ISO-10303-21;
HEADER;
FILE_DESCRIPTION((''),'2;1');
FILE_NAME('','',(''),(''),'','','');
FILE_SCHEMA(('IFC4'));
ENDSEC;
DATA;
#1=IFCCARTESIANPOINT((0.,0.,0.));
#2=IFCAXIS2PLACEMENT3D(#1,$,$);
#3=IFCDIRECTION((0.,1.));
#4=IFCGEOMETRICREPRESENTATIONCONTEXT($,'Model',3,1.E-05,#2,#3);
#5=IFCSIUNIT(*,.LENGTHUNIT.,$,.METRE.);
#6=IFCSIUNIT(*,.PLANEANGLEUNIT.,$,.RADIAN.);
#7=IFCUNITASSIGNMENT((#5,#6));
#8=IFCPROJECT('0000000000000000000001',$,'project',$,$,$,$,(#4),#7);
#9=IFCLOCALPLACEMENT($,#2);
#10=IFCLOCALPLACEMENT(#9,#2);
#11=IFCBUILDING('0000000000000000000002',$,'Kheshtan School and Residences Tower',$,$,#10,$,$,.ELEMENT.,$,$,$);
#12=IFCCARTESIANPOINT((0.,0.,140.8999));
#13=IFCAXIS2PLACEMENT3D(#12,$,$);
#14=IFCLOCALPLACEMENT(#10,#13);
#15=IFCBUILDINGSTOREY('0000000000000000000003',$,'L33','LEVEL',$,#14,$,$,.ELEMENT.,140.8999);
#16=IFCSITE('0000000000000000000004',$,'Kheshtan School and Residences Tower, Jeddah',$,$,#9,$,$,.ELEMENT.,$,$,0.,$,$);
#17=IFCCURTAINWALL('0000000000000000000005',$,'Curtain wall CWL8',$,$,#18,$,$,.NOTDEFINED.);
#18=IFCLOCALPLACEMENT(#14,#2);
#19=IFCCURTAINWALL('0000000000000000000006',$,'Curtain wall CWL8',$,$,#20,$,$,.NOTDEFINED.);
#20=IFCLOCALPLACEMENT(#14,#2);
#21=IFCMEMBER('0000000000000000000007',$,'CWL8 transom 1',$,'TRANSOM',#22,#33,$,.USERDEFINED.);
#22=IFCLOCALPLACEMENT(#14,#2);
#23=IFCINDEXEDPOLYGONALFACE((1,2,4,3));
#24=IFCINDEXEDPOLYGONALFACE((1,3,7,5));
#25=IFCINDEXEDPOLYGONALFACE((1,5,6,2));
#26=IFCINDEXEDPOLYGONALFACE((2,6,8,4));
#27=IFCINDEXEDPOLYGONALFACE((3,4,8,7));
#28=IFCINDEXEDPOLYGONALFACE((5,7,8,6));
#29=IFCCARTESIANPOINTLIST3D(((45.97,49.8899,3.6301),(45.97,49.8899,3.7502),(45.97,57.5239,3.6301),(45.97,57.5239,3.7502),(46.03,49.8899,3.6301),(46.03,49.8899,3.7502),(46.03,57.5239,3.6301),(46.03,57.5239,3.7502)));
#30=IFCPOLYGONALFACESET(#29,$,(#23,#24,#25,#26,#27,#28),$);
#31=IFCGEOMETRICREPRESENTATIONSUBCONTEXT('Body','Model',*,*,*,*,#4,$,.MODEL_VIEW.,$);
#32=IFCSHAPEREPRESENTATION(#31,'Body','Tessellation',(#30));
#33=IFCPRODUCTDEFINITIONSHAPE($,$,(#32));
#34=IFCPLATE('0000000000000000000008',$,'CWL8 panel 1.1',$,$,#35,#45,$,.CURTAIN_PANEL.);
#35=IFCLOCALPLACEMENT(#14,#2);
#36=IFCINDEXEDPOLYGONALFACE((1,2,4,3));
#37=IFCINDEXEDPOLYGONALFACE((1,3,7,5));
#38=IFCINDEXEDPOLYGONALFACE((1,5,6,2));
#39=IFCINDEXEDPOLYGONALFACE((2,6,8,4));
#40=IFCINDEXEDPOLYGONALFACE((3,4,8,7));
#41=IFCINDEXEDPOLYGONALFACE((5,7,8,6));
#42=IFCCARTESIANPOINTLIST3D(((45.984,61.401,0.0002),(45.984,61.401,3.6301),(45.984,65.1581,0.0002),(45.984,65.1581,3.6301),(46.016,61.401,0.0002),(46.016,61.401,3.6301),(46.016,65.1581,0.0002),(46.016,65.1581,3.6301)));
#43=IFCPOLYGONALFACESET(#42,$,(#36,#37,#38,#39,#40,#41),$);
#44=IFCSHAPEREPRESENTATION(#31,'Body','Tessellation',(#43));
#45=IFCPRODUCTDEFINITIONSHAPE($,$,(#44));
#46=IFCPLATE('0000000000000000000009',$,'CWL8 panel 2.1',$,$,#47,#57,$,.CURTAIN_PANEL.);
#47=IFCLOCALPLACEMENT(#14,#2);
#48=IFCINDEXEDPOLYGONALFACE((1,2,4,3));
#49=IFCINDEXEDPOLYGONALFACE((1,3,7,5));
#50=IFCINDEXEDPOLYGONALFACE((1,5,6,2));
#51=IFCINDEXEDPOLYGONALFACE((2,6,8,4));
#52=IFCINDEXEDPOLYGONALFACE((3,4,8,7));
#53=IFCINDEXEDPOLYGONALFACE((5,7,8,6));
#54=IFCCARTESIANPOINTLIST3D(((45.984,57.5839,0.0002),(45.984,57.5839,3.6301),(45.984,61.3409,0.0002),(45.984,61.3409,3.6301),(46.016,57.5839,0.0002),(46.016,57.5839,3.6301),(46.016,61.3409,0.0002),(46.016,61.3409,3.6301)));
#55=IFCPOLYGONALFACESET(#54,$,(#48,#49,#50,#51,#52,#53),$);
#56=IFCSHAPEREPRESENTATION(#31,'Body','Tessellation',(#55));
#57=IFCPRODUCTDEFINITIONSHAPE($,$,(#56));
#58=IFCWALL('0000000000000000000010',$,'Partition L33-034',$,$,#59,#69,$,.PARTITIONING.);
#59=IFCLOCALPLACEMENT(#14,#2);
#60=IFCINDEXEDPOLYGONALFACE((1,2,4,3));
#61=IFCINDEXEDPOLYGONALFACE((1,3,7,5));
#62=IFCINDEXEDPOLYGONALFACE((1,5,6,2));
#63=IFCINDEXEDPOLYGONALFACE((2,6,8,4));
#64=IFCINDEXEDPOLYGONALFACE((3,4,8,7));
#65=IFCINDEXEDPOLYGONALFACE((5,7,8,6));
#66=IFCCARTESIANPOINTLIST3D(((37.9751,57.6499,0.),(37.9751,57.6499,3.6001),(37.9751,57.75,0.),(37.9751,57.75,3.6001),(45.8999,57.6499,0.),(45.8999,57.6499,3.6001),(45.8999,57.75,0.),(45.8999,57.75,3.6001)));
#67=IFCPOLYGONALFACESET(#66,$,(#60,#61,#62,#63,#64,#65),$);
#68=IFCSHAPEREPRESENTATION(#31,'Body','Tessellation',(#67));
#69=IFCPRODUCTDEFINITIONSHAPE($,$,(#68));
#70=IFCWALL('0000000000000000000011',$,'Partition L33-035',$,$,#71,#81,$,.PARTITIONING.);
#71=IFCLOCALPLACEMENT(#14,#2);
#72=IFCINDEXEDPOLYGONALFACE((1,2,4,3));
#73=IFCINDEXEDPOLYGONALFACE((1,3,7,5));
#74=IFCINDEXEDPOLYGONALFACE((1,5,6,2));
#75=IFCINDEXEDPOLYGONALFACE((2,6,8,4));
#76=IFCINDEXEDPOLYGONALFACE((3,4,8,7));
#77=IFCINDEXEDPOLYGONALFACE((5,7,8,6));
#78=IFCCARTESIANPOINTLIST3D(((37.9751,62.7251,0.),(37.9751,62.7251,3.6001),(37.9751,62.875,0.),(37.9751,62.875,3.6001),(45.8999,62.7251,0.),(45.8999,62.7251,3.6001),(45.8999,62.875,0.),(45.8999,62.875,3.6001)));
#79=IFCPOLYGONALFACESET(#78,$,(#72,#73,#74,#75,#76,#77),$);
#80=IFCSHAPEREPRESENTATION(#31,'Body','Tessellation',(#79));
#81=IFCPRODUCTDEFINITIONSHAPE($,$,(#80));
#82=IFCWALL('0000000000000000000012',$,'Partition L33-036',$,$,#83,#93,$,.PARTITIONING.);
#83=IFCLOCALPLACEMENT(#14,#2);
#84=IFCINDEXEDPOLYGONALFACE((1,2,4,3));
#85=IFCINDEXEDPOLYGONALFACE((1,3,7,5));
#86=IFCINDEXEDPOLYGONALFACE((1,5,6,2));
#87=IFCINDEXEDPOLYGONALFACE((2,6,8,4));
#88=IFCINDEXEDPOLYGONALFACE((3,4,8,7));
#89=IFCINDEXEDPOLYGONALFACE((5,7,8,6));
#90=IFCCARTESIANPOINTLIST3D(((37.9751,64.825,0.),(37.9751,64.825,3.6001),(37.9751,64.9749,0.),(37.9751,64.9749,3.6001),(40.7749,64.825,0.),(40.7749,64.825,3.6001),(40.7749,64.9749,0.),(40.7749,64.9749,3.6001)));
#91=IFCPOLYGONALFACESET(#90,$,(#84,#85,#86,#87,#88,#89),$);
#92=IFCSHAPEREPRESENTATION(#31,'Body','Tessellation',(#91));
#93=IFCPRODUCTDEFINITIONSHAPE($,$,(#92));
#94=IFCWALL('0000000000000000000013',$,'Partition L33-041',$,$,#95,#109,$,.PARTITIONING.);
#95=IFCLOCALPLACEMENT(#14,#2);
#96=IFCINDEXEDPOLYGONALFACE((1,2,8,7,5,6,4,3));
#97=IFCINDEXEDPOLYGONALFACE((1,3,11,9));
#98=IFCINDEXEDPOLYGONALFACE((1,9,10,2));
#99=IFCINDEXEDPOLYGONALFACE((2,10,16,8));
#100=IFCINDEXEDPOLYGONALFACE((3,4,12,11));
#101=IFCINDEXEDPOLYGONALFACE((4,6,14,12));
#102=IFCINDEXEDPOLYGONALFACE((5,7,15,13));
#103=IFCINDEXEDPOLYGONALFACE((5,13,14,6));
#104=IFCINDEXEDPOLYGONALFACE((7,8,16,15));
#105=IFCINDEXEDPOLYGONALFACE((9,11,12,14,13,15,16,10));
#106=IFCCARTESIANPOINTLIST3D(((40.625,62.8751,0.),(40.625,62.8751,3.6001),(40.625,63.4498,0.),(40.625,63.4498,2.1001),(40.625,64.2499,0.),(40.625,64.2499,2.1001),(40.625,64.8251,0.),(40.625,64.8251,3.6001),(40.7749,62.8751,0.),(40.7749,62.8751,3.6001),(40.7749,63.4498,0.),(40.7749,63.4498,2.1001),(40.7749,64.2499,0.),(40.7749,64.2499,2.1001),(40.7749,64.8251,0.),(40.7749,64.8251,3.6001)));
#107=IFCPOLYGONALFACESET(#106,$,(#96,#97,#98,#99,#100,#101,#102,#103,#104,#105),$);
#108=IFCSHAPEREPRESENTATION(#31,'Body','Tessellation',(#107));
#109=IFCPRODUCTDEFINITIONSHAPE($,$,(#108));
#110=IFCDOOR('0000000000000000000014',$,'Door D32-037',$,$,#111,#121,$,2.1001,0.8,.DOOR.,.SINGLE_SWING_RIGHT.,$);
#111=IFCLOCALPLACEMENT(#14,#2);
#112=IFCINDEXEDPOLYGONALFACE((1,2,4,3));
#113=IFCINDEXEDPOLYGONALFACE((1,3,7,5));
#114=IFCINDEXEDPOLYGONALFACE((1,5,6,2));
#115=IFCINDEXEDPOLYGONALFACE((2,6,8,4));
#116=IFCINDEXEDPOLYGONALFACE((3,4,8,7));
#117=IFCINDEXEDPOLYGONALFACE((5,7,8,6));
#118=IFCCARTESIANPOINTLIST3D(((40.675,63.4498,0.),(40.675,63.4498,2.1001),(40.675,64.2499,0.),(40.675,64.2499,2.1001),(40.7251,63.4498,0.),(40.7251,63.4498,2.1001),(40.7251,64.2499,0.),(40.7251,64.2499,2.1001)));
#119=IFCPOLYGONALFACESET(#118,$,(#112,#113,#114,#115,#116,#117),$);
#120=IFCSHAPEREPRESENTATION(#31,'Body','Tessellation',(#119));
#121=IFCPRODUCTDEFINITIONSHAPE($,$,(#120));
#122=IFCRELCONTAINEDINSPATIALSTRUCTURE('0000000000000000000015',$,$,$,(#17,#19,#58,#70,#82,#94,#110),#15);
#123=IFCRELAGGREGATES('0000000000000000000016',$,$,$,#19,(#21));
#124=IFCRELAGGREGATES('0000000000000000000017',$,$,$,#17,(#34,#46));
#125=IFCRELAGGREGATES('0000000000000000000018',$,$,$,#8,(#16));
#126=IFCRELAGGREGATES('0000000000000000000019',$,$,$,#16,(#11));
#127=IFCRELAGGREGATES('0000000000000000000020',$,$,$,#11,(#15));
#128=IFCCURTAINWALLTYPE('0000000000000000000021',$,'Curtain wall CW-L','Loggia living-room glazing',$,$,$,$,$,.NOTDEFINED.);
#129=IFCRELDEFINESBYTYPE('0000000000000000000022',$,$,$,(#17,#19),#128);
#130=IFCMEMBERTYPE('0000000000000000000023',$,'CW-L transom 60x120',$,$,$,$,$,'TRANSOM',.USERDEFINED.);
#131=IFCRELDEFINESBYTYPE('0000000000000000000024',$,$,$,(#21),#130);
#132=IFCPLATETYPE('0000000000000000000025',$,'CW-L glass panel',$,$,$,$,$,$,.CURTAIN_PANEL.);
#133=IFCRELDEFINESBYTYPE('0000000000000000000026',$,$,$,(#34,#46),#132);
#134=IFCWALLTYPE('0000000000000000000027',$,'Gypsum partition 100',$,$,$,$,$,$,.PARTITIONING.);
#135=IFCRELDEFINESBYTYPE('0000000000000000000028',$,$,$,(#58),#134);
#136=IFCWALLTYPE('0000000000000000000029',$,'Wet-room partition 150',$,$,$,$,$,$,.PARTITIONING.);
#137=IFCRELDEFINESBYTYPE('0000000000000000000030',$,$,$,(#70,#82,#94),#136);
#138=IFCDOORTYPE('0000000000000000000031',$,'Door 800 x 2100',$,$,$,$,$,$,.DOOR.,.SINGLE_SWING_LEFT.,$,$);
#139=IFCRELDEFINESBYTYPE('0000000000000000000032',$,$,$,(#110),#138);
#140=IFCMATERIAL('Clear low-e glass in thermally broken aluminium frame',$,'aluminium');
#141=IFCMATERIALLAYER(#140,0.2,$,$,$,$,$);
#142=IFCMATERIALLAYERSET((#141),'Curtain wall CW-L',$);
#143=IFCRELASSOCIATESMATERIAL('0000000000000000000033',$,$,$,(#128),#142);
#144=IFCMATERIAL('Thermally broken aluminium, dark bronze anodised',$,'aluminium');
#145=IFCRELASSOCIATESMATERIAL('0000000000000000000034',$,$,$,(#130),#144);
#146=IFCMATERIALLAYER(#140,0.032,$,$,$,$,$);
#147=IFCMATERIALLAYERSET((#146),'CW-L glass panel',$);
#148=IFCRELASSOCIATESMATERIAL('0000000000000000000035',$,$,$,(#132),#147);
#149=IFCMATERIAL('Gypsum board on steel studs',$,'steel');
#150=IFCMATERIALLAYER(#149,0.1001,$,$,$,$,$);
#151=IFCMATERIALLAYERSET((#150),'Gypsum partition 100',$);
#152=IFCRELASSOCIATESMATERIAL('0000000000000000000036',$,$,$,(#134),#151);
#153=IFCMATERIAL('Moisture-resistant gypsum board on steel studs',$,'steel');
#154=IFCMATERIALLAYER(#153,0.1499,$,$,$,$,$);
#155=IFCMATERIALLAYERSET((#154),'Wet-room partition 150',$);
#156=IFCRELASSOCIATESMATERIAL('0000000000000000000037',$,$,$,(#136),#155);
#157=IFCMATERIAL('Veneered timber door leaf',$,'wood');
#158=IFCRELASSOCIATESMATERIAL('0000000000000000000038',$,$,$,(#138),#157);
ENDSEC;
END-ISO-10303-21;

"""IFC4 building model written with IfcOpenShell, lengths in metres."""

from ifc_helpers import new_model, si_unit, direction, frame, frame_2d, origin, origin_2d, place, context, subcontext, project, spatial, rectangle, extrude, source, transform, mapped, material, layer, layer_set, material_profile, profile_set, type_object, element, fill, aggregate, save


model = new_model("IFC4")

# Units and contexts
model_context = context("Model", 3, precision=1e-05, world=origin(), true_north=direction((0.0, 1.0)))
body_context = subcontext(model_context, "Body", "Model", "MODEL_VIEW")
ifc_project = project(units=[si_unit("LENGTHUNIT", "METRE"), si_unit("PLANEANGLEUNIT", "RADIAN")], contexts=[model_context])

# Site, building, storey
site_placement = place(None, origin())
site = spatial("IfcSite", under=ifc_project, at=site_placement, Name="Kheshtan School and Residences Tower, Jeddah", CompositionType="ELEMENT", RefElevation=0.0)
building_placement = place(site_placement, origin())
building = spatial("IfcBuilding", under=site, at=building_placement, Name="Kheshtan School and Residences Tower", CompositionType="ELEMENT")
storey_placement = place(building_placement, frame((0.0, 0.0, 140.8999)))
storey = spatial("IfcBuildingStorey", under=building, at=storey_placement, Name="L33", Description="LEVEL", CompositionType="ELEMENT", Elevation=140.8999)

# Curtain wall
ifc_material_1 = material(Name="Clear low-e glass in thermally broken aluminium frame", Category="aluminium")
ifc_layer_1 = layer(ifc_material_1, 0.2)
ifc_layer_set_1 = layer_set([ifc_layer_1], Name="Curtain wall CW-L")
curtain_wall_type = type_object("IfcCurtainWallType", Name="Curtain wall CW-L", Description="Loggia living-room glazing", PredefinedType="NOTDEFINED", material=ifc_layer_set_1)
curtain_wall_1_placement = place(storey_placement, origin())
curtain_wall_1 = element("IfcCurtainWall", 1, at=curtain_wall_1_placement, inside=storey, type_object=curtain_wall_type, Name="Curtain wall CWL8", PredefinedType="NOTDEFINED")
ifc_material_2 = material(Name="Thermally broken aluminium, dark bronze anodised", Category="aluminium")
ifc_material_profile_1 = material_profile(ifc_material_2, rectangle(XDim=0.0601, YDim=0.1201, at=origin_2d()), Name="CW-L transom 60x120")
ifc_profile_set_1 = profile_set([ifc_material_profile_1], Name="Thermally broken aluminium, dark bronze anodised")
member_type_1 = type_object("IfcMemberType", Name="CW-L transom 60x120", ElementType="TRANSOM", PredefinedType="USERDEFINED", material=ifc_profile_set_1)

# Curtain wall, member
curtain_wall_2_placement = place(storey_placement, origin())
curtain_wall_2 = element("IfcCurtainWall", 2, at=curtain_wall_2_placement, inside=storey, type_object=curtain_wall_type, Name="Curtain wall CWL8", PredefinedType="NOTDEFINED")
member_1_placement = place(storey_placement, frame((46.0, 57.5239, 3.6902), z_axis=(0.0, -1.0, 0.0), x_axis=(1.0, 0.0, 0.0)))
member_1 = element("IfcMember", 3, at=member_1_placement, type_object=member_type_1, Name="CWL8 transom 1", ObjectType="TRANSOM", PredefinedType="USERDEFINED", context=body_context, shape_type="SweptSolid", body=[
    extrude(rectangle(XDim=0.0601, YDim=0.1201, at=origin_2d()), origin(), (0.0, 0.0, 1.0), 7.634),
])
aggregate(curtain_wall_2, [member_1])

# Plates
ifc_layer_2 = layer(ifc_material_1, 0.032)
ifc_layer_set_2 = layer_set([ifc_layer_2], Name="CW-L glass panel")
plate_type = type_object("IfcPlateType", Name="CW-L glass panel", PredefinedType="CURTAIN_PANEL", material=ifc_layer_set_2)
plate_1_placement = place(storey_placement, frame((46.0, 63.2795, 0.0002), z_axis=(0.0, 0.0, 1.0), x_axis=(0.0, -1.0, 0.0)))
plate_1 = element("IfcPlate", 4, at=plate_1_placement, type_object=plate_type, Name="CWL8 panel 1.1", PredefinedType="CURTAIN_PANEL", context=body_context, shape_type="SweptSolid", body=[
    extrude(rectangle(XDim=3.7571, YDim=0.032, at=origin_2d()), origin(), (0.0, 0.0, 1.0), 3.6299),
])
plate_2_placement = place(storey_placement, frame((46.0, 59.4624, 0.0002), z_axis=(0.0, 0.0, 1.0), x_axis=(0.0, -1.0, 0.0)))
plate_2 = element("IfcPlate", 5, at=plate_2_placement, type_object=plate_type, Name="CWL8 panel 2.1", PredefinedType="CURTAIN_PANEL", context=body_context, shape_type="SweptSolid", body=[
    extrude(rectangle(XDim=3.7571, YDim=0.032, at=origin_2d()), origin(), (0.0, 0.0, 1.0), 3.6299),
])
aggregate(curtain_wall_1, [plate_1, plate_2])

# Walls
ifc_material_3 = material(Name="Gypsum board on steel studs", Category="steel")
ifc_layer_3 = layer(ifc_material_3, 0.1001)
ifc_layer_set_3 = layer_set([ifc_layer_3], Name="Gypsum partition 100")
wall_type_1 = type_object("IfcWallType", Name="Gypsum partition 100", PredefinedType="PARTITIONING", material=ifc_layer_set_3)
wall_1_placement = place(storey_placement, frame((37.9751, 57.7, 0.0), z_axis=(0.0, 0.0, 1.0), x_axis=(1.0, 0.0, 0.0)))
element("IfcWall", 6, at=wall_1_placement, inside=storey, type_object=wall_type_1, Name="Partition L33-034", PredefinedType="PARTITIONING", context=body_context, shape_type="SweptSolid", body=[
    extrude(rectangle(XDim=7.9248, YDim=0.1001, at=frame_2d((3.9624, 0.0))), origin(), (0.0, 0.0, 1.0), 3.6001),
])
ifc_material_4 = material(Name="Moisture-resistant gypsum board on steel studs", Category="steel")
ifc_layer_4 = layer(ifc_material_4, 0.1499)
ifc_layer_set_4 = layer_set([ifc_layer_4], Name="Wet-room partition 150")
wall_type_2 = type_object("IfcWallType", Name="Wet-room partition 150", PredefinedType="PARTITIONING", material=ifc_layer_set_4)
wall_2_placement = place(storey_placement, frame((37.9751, 62.8, 0.0), z_axis=(0.0, 0.0, 1.0), x_axis=(1.0, 0.0, 0.0)))
element("IfcWall", 7, at=wall_2_placement, inside=storey, type_object=wall_type_2, Name="Partition L33-035", PredefinedType="PARTITIONING", context=body_context, shape_type="SweptSolid", body=[
    extrude(rectangle(XDim=7.9248, YDim=0.1499, at=frame_2d((3.9624, 0.0))), origin(), (0.0, 0.0, 1.0), 3.6001),
])
wall_3_placement = place(storey_placement, frame((37.9751, 64.8999, 0.0), z_axis=(0.0, 0.0, 1.0), x_axis=(1.0, 0.0, 0.0)))
element("IfcWall", 8, at=wall_3_placement, inside=storey, type_object=wall_type_2, Name="Partition L33-036", PredefinedType="PARTITIONING", context=body_context, shape_type="SweptSolid", body=[
    extrude(rectangle(XDim=2.7998, YDim=0.1499, at=frame_2d((1.3999, 0.0))), origin(), (0.0, 0.0, 1.0), 3.6001),
])

# Wall, opening, door
wall_4_placement = place(storey_placement, frame((40.7, 62.875, 0.0), z_axis=(0.0, 0.0, 1.0), x_axis=(0.0, 1.0, 0.0)))
wall_4 = element("IfcWall", 9, at=wall_4_placement, inside=storey, type_object=wall_type_2, Name="Partition L33-041", PredefinedType="PARTITIONING", context=body_context, shape_type="SweptSolid", body=[
    extrude(rectangle(XDim=1.95, YDim=0.1499, at=frame_2d((0.9751, 0.0))), origin(), (0.0, 0.0, 1.0), 3.6001),
])
opening_placement = place(wall_4_placement, frame((0.575, 0.0, 0.0)))
opening = element("IfcOpeningElement", 10, at=opening_placement, cuts=wall_4, PredefinedType="OPENING", context=body_context, shape_type="SweptSolid", body=[
    extrude(rectangle(XDim=0.8, YDim=2.1001, at=frame_2d((0.3999, 1.05))), frame((0.0, 0.085, 0.0), z_axis=(0.0, -1.0, 0.0), x_axis=(1.0, 0.0, 0.0)), (0.0, 0.0, 1.0), 0.1699),
])
ifc_material_5 = material(Name="Veneered timber door leaf", Category="wood")
door_type = type_object("IfcDoorType", Name="Door 800 x 2100", OperationType="SINGLE_SWING_LEFT", PredefinedType="DOOR", material=ifc_material_5)
shared_shape = source(origin(), body_context, "Body", "SweptSolid", [
    extrude(rectangle(XDim=0.8, YDim=2.1001, at=frame_2d((0.3999, 1.05))), frame((0.0, 0.0249, 0.0), z_axis=(0.0, -1.0, 0.0), x_axis=(1.0, 0.0, 0.0)), (0.0, 0.0, 1.0), 0.05),
])
door_placement = place(opening_placement, origin())
door = element("IfcDoor", 11, at=door_placement, inside=storey, type_object=door_type, Name="Door D32-037", OperationType="SINGLE_SWING_RIGHT", OverallHeight=2.1001, OverallWidth=0.8, PredefinedType="DOOR", context=body_context, shape_type="MappedRepresentation", body=[
    mapped(shared_shape, transform((0.0, 0.0, 0.0), x_axis=(1.0, 0.0, 0.0), y_axis=(0.0, 1.0, 0.0), z_axis=(0.0, 0.0, 1.0), scale=1.0)),
])
fill(opening, door)

save(model, "model.ifc")
